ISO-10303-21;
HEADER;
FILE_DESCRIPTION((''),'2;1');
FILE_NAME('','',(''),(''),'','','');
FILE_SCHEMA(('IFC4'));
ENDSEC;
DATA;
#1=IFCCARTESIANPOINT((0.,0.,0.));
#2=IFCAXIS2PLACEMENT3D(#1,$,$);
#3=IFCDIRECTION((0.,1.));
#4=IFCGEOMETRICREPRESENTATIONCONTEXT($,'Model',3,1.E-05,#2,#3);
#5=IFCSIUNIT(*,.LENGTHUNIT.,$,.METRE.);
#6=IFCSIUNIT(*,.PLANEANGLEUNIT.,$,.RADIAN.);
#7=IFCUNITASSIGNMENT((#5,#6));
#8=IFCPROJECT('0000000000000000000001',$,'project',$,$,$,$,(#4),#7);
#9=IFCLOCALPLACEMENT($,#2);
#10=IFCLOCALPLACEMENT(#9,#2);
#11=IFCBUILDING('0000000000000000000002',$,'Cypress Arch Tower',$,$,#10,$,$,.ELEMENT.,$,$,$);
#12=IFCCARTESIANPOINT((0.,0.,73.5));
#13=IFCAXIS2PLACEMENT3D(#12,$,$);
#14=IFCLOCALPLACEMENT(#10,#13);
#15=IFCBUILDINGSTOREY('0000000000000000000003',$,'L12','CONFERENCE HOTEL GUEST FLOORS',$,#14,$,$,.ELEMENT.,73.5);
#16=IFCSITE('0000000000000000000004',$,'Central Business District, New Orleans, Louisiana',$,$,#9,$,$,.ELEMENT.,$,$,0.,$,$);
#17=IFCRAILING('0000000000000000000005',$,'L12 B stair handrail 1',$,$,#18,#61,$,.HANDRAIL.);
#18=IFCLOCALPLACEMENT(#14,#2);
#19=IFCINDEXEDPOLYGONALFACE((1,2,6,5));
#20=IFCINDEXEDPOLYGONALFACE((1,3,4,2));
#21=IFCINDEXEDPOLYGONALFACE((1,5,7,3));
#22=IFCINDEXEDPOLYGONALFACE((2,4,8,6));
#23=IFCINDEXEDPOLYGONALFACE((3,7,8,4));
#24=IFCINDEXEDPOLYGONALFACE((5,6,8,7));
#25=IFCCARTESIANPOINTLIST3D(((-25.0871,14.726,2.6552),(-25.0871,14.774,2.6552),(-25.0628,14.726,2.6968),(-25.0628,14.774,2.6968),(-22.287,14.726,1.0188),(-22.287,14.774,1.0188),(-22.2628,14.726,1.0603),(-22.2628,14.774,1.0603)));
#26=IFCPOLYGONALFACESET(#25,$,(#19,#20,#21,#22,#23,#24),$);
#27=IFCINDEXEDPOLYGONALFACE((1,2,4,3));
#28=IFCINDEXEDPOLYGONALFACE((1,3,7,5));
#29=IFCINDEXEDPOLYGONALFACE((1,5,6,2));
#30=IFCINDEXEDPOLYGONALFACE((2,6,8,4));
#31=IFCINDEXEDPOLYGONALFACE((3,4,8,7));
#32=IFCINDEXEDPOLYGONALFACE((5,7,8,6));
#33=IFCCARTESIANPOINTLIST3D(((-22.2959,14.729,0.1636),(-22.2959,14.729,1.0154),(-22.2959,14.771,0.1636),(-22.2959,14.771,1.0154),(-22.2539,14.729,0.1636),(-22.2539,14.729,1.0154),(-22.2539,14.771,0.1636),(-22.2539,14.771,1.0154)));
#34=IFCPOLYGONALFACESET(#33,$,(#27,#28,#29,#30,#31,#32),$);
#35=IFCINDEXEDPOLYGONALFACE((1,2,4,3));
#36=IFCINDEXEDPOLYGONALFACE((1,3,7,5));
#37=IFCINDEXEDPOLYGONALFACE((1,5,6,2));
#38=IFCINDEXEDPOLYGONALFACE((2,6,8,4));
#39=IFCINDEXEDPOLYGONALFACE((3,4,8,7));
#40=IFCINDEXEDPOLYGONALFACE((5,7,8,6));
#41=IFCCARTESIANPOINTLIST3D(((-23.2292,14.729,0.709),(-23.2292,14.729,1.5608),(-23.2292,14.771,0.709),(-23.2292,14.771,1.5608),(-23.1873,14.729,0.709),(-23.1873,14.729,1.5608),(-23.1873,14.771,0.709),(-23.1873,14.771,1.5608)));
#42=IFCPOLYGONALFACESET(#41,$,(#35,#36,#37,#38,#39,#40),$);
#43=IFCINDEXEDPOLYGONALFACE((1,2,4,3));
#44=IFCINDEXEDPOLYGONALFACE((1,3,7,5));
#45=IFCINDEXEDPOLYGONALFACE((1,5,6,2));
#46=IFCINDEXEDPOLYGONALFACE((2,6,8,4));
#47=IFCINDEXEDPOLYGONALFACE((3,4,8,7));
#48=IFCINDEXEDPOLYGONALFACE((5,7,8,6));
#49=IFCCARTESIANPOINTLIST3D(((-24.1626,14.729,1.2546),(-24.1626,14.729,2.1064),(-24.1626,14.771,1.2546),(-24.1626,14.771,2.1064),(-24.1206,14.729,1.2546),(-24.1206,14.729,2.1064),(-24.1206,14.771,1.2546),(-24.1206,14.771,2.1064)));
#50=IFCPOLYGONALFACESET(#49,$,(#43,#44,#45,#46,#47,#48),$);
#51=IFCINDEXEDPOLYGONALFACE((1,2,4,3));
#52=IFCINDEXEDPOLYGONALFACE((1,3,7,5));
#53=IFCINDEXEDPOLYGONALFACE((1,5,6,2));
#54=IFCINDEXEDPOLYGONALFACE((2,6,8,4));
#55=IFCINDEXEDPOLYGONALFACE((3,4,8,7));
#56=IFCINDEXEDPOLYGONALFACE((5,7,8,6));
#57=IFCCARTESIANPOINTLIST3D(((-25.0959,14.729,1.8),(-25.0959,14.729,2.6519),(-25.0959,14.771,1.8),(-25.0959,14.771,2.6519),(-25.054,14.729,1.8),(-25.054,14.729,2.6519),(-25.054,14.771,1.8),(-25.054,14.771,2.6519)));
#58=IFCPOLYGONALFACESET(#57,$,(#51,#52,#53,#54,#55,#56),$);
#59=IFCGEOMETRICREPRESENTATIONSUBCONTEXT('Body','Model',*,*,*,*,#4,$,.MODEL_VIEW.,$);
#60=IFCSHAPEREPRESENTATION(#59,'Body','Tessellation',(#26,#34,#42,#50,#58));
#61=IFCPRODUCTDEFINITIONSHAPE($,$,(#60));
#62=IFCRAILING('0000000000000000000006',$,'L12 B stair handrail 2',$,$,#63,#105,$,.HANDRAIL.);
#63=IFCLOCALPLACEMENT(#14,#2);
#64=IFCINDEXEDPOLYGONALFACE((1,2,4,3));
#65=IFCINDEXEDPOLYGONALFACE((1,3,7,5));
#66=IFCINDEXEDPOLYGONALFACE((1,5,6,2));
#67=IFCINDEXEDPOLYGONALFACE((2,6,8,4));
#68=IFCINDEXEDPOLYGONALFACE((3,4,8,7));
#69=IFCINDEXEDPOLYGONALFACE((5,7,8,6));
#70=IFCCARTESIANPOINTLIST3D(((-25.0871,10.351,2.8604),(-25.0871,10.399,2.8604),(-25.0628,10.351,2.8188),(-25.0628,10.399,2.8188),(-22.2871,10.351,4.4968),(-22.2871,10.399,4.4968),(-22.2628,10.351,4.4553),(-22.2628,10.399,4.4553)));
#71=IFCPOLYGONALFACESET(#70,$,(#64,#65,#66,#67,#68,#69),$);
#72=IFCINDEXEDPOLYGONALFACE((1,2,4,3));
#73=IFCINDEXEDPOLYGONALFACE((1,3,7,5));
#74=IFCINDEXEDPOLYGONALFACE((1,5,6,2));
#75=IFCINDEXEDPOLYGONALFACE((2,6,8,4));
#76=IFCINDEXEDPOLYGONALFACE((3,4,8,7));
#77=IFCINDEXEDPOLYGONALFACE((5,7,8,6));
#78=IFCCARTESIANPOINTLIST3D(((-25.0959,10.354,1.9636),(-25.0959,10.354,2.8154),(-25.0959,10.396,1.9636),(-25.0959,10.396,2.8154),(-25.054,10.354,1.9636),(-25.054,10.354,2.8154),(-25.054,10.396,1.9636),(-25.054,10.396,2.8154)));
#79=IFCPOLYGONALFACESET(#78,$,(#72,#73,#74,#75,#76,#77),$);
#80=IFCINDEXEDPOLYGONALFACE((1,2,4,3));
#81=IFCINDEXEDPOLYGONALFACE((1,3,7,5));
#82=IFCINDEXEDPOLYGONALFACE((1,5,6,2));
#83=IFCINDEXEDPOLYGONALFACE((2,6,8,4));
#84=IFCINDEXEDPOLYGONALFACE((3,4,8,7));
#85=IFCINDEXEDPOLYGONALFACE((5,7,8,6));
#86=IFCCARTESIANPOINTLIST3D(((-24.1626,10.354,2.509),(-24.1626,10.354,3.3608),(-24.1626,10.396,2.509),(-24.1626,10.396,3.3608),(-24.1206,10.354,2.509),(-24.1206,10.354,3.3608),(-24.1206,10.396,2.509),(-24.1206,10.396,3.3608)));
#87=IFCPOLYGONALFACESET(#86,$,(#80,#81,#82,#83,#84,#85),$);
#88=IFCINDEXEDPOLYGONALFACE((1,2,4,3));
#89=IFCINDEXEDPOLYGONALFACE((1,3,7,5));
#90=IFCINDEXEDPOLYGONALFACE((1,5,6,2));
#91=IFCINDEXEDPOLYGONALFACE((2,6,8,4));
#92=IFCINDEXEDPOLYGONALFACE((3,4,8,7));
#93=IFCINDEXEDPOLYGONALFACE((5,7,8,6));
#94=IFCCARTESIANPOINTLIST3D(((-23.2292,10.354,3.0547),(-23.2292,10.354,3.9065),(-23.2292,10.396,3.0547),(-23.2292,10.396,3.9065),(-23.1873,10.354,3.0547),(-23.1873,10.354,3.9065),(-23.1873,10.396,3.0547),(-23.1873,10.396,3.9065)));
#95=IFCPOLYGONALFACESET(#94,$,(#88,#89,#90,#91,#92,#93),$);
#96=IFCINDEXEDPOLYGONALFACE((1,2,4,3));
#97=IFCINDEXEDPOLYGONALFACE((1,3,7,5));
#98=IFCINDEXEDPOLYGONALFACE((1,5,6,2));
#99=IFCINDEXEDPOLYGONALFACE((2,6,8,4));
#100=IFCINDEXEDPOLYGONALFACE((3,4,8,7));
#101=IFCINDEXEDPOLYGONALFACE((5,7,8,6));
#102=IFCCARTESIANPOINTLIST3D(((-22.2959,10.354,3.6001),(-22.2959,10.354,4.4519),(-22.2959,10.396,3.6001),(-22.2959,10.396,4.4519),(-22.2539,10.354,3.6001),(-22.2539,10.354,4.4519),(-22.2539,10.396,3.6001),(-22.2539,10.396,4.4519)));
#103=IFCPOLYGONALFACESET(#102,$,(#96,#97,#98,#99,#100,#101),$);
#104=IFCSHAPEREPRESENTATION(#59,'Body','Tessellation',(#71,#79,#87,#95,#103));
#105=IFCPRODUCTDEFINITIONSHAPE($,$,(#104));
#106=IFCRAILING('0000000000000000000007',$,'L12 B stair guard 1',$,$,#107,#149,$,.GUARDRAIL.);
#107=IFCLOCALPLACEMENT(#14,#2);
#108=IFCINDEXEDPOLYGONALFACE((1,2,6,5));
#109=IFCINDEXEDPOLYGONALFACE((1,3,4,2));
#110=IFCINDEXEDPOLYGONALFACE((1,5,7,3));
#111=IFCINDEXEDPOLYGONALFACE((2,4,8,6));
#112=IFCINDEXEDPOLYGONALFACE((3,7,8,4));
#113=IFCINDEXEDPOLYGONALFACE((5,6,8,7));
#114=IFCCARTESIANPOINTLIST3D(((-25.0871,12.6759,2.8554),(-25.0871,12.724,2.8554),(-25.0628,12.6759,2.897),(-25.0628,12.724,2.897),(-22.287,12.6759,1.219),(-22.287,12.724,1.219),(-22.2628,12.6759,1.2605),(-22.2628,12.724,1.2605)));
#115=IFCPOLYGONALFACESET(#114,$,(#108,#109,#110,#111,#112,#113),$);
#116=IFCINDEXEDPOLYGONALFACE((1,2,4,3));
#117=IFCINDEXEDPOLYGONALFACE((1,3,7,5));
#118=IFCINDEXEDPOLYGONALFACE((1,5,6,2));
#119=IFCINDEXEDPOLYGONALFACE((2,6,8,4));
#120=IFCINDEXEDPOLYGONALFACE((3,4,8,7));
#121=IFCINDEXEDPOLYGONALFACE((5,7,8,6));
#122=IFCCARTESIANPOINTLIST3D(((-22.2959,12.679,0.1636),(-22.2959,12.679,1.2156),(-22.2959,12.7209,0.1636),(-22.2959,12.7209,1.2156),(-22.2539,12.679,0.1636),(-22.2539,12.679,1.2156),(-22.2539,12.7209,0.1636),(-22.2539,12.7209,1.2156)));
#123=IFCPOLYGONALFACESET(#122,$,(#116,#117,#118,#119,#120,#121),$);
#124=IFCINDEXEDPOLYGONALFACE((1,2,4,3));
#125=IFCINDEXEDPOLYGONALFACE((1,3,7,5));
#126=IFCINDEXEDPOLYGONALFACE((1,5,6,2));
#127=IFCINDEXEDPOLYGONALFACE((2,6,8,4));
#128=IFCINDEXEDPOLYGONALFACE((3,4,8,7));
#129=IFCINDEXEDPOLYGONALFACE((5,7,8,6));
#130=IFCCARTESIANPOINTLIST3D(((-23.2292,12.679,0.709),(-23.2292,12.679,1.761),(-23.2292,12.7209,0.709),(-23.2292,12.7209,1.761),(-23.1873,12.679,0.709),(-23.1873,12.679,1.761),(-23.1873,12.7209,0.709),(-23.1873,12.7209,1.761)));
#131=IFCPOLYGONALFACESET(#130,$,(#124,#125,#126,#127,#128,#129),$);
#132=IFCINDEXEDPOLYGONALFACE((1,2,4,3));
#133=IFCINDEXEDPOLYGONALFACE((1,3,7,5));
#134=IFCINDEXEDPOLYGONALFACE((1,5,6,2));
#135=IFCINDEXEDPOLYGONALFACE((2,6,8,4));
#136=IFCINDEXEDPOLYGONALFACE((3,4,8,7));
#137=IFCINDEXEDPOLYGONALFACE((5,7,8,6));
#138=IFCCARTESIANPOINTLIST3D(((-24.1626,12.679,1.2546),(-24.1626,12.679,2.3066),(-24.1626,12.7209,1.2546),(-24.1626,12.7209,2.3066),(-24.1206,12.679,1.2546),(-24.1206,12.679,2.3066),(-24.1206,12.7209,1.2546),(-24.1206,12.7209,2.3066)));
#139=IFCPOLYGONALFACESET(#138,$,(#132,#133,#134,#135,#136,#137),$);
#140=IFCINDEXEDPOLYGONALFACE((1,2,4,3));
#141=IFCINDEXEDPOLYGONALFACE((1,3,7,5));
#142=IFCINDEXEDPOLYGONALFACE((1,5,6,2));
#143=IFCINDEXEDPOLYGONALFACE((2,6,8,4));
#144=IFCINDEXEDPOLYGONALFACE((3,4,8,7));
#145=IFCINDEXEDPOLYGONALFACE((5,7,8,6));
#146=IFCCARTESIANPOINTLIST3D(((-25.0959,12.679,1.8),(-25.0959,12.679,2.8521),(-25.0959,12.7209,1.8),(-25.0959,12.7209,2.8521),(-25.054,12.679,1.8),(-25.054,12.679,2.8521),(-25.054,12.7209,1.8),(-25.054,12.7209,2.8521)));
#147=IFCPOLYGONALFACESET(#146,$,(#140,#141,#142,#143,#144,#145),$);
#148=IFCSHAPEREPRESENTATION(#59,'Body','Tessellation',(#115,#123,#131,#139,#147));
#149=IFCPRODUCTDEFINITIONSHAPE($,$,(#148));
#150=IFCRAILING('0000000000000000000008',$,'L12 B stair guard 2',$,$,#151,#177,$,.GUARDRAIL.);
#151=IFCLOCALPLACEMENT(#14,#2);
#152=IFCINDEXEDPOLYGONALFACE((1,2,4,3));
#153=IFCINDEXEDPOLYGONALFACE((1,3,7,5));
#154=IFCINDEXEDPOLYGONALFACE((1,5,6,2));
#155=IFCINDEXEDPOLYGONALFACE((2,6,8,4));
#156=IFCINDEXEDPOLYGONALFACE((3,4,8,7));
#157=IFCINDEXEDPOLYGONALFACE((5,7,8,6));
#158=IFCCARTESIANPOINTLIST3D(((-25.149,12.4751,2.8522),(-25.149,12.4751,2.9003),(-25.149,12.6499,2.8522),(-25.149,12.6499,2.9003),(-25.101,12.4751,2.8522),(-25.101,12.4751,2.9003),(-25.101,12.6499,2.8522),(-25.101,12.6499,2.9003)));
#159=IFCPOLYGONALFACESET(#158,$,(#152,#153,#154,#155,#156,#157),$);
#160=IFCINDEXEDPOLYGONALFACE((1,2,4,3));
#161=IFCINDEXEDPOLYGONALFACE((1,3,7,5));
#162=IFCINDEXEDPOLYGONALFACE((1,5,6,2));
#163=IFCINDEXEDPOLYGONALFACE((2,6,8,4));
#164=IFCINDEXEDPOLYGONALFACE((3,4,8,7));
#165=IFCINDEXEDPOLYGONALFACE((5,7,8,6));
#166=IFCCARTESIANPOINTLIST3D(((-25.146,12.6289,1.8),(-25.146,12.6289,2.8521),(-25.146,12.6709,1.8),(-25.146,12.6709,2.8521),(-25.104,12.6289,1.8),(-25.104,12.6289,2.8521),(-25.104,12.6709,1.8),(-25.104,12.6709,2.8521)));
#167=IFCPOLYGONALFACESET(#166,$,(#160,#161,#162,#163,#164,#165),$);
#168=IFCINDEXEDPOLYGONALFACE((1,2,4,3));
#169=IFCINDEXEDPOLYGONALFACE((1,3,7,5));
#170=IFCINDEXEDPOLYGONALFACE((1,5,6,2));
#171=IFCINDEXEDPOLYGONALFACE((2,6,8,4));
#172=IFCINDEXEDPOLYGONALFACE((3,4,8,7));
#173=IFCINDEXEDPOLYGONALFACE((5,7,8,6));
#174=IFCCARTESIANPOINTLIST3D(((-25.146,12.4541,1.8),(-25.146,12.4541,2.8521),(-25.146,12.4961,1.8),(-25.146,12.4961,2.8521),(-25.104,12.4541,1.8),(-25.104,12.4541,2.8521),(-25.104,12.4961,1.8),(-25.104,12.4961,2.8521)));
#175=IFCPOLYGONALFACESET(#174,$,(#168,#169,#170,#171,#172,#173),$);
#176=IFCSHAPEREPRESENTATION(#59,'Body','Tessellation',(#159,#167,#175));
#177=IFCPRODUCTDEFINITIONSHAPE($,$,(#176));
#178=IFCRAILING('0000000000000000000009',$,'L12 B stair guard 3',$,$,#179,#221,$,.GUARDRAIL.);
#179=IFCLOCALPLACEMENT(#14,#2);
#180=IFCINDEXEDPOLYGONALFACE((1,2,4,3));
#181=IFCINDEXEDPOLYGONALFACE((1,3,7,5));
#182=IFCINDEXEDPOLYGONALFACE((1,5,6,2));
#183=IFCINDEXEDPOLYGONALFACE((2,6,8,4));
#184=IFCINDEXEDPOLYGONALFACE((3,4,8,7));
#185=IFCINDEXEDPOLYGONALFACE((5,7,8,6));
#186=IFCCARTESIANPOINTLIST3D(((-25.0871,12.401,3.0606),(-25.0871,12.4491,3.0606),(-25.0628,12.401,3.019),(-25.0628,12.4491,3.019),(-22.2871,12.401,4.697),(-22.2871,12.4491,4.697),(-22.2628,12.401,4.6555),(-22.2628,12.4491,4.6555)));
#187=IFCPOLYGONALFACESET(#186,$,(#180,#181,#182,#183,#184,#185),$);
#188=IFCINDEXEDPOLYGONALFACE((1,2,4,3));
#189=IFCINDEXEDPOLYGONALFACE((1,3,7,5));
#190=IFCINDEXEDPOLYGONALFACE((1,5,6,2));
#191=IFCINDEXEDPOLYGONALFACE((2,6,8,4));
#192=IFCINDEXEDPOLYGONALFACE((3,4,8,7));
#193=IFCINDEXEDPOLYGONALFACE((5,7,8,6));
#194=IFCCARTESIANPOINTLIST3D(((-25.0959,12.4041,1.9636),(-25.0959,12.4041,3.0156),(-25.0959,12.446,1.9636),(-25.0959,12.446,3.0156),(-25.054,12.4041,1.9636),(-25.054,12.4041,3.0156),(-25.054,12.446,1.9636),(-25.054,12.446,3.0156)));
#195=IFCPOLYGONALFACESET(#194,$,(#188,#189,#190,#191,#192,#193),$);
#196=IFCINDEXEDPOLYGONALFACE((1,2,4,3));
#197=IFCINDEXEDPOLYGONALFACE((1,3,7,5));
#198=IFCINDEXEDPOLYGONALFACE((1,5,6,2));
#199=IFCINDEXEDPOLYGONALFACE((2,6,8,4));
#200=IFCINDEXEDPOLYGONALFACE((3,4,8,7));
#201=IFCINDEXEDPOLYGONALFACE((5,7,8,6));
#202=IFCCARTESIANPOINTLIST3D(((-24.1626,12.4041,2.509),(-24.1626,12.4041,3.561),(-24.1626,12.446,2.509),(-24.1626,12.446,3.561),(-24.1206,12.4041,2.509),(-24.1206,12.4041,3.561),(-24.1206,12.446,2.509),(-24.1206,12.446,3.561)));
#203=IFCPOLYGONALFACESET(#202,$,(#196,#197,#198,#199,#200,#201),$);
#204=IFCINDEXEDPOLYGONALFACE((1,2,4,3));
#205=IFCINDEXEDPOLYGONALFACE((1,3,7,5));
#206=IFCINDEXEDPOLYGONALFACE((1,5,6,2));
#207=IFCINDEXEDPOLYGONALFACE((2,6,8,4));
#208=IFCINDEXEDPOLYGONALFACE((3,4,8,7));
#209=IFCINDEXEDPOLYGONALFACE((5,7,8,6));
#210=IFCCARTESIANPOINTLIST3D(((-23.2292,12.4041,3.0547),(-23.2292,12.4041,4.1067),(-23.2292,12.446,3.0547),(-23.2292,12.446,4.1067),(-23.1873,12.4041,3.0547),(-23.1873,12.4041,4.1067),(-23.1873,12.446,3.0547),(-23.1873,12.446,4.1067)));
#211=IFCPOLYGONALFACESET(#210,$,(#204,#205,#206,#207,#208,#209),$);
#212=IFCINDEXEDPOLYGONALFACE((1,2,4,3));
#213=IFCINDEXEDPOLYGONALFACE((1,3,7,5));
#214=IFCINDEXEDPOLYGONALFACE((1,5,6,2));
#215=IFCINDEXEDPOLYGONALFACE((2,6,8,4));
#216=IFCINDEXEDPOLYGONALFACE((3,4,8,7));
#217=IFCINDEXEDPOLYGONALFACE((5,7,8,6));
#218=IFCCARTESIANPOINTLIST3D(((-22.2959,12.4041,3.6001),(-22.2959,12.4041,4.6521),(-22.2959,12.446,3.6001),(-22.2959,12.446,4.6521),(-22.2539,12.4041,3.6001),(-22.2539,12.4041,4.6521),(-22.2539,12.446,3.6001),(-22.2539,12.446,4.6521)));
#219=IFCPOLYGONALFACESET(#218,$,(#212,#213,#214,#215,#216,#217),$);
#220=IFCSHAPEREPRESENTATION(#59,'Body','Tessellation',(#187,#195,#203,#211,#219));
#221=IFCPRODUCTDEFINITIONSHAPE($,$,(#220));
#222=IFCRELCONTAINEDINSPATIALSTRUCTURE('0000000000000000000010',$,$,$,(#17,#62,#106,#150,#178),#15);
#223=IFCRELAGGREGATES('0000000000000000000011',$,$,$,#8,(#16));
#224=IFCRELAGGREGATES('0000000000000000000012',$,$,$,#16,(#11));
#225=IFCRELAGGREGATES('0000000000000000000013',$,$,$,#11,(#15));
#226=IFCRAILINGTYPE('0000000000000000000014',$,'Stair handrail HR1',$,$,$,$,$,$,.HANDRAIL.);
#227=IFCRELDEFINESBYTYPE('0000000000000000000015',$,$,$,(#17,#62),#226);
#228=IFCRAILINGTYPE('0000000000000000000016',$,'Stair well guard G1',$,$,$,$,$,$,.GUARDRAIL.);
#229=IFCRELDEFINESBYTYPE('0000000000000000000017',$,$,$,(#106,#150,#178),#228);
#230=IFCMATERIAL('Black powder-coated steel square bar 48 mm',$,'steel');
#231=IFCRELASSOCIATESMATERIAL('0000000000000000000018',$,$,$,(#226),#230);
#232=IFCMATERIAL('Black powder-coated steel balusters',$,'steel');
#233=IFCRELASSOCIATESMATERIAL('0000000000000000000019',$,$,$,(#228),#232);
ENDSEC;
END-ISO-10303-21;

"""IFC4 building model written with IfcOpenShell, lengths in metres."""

from ifc_helpers import new_model, si_unit, direction, frame, origin, origin_2d, place, context, subcontext, project, spatial, rectangle, extrude, material, type_object, element, save


model = new_model("IFC4")

# Units and contexts
model_context = context("Model", 3, precision=1e-05, world=origin(), true_north=direction((0.0, 1.0)))
body_context = subcontext(model_context, "Body", "Model", "MODEL_VIEW")
ifc_project = project(units=[si_unit("LENGTHUNIT", "METRE"), si_unit("PLANEANGLEUNIT", "RADIAN")], contexts=[model_context])

# Site, building, storey
site_placement = place(None, origin())
site = spatial("IfcSite", under=ifc_project, at=site_placement, Name="Central Business District, New Orleans, Louisiana", CompositionType="ELEMENT", RefElevation=0.0)
building_placement = place(site_placement, origin())
building = spatial("IfcBuilding", under=site, at=building_placement, Name="Cypress Arch Tower", CompositionType="ELEMENT")
storey_placement = place(building_placement, frame((0.0, 0.0, 73.5)))
storey = spatial("IfcBuildingStorey", under=building, at=storey_placement, Name="L12", Description="CONFERENCE HOTEL GUEST FLOORS", CompositionType="ELEMENT", Elevation=73.5)

# Railings
ifc_material_1 = material(Name="Black powder-coated steel square bar 48 mm", Category="steel")
railing_type_1 = type_object("IfcRailingType", Name="Stair handrail HR1", PredefinedType="HANDRAIL", material=ifc_material_1)
railing_1_placement = place(storey_placement, frame((-22.2749, 14.75, 0.1636)))
element("IfcRailing", 1, at=railing_1_placement, inside=storey, type_object=railing_type_1, Name="L12 B stair handrail 1", PredefinedType="HANDRAIL", context=body_context, shape_type="SweptSolid", body=[
    extrude(rectangle(XDim=0.0481, YDim=0.0481, at=origin_2d()), frame((0.0, 0.0, 0.876), z_axis=(-0.863361, 0.0, 0.504587), x_axis=(0.0, -1.0, 0.0)), (0.0, 0.0, 1.0), 3.2432),
    extrude(rectangle(XDim=0.042, YDim=0.042, at=origin_2d()), origin(), (0.0, 0.0, 1.0), 0.8518),
    extrude(rectangle(XDim=0.042, YDim=0.042, at=origin_2d()), frame((-0.9333, 0.0, 0.5454)), (0.0, 0.0, 1.0), 0.8518),
    extrude(rectangle(XDim=0.042, YDim=0.042, at=origin_2d()), frame((-1.8667, 0.0, 1.0911)), (0.0, 0.0, 1.0), 0.8518),
    extrude(rectangle(XDim=0.042, YDim=0.042, at=origin_2d()), frame((-2.8, 0.0, 1.6365)), (0.0, 0.0, 1.0), 0.8518),
])
railing_2_placement = place(storey_placement, frame((-25.075, 10.375, 1.9636)))
element("IfcRailing", 2, at=railing_2_placement, inside=storey, type_object=railing_type_1, Name="L12 B stair handrail 2", PredefinedType="HANDRAIL", context=body_context, shape_type="SweptSolid", body=[
    extrude(rectangle(XDim=0.0481, YDim=0.0481, at=origin_2d()), frame((0.0, 0.0, 0.876), z_axis=(0.863361, 0.0, 0.504587), x_axis=(0.0, 1.0, 0.0)), (0.0, 0.0, 1.0), 3.2432),
    extrude(rectangle(XDim=0.042, YDim=0.042, at=origin_2d()), origin(), (0.0, 0.0, 1.0), 0.8518),
    extrude(rectangle(XDim=0.042, YDim=0.042, at=origin_2d()), frame((0.9333, 0.0, 0.5454)), (0.0, 0.0, 1.0), 0.8518),
    extrude(rectangle(XDim=0.042, YDim=0.042, at=origin_2d()), frame((1.8667, 0.0, 1.0911)), (0.0, 0.0, 1.0), 0.8518),
    extrude(rectangle(XDim=0.042, YDim=0.042, at=origin_2d()), frame((2.8, 0.0, 1.6365)), (0.0, 0.0, 1.0), 0.8518),
])
ifc_material_2 = material(Name="Black powder-coated steel balusters", Category="steel")
railing_type_2 = type_object("IfcRailingType", Name="Stair well guard G1", PredefinedType="GUARDRAIL", material=ifc_material_2)
railing_3_placement = place(storey_placement, frame((-22.2749, 12.7, 0.1636)))
element("IfcRailing", 3, at=railing_3_placement, inside=storey, type_object=railing_type_2, Name="L12 B stair guard 1", PredefinedType="GUARDRAIL", context=body_context, shape_type="SweptSolid", body=[
    extrude(rectangle(XDim=0.0481, YDim=0.0481, at=origin_2d()), frame((0.0, 0.0, 1.0762), z_axis=(-0.863361, 0.0, 0.504587), x_axis=(0.0, -1.0, 0.0)), (0.0, 0.0, 1.0), 3.2432),
    extrude(rectangle(XDim=0.042, YDim=0.042, at=origin_2d()), origin(), (0.0, 0.0, 1.0), 1.052),
    extrude(rectangle(XDim=0.042, YDim=0.042, at=origin_2d()), frame((-0.9333, 0.0, 0.5454)), (0.0, 0.0, 1.0), 1.052),
    extrude(rectangle(XDim=0.042, YDim=0.042, at=origin_2d()), frame((-1.8667, 0.0, 1.0911)), (0.0, 0.0, 1.0), 1.052),
    extrude(rectangle(XDim=0.042, YDim=0.042, at=origin_2d()), frame((-2.8, 0.0, 1.6365)), (0.0, 0.0, 1.0), 1.052),
])
railing_4_placement = place(storey_placement, frame((-25.125, 12.6499, 1.8)))
element("IfcRailing", 4, at=railing_4_placement, inside=storey, type_object=railing_type_2, Name="L12 B stair guard 2", PredefinedType="GUARDRAIL", context=body_context, shape_type="SweptSolid", body=[
    extrude(rectangle(XDim=0.0481, YDim=0.0481, at=origin_2d()), frame((0.0, 0.0, 1.0762), z_axis=(0.0, -1.0, 0.0), x_axis=(1.0, 0.0, 0.0)), (0.0, 0.0, 1.0), 0.1748),
    extrude(rectangle(XDim=0.042, YDim=0.042, at=origin_2d()), origin(), (0.0, 0.0, 1.0), 1.052),
    extrude(rectangle(XDim=0.042, YDim=0.042, at=origin_2d()), frame((0.0, -0.1748, 0.0)), (0.0, 0.0, 1.0), 1.052),
])
railing_5_placement = place(storey_placement, frame((-25.075, 12.425, 1.9636)))
element("IfcRailing", 5, at=railing_5_placement, inside=storey, type_object=railing_type_2, Name="L12 B stair guard 3", PredefinedType="GUARDRAIL", context=body_context, shape_type="SweptSolid", body=[
    extrude(rectangle(XDim=0.0481, YDim=0.0481, at=origin_2d()), frame((0.0, 0.0, 1.0762), z_axis=(0.863361, 0.0, 0.504587), x_axis=(0.0, 1.0, 0.0)), (0.0, 0.0, 1.0), 3.2432),
    extrude(rectangle(XDim=0.042, YDim=0.042, at=origin_2d()), origin(), (0.0, 0.0, 1.0), 1.052),
    extrude(rectangle(XDim=0.042, YDim=0.042, at=origin_2d()), frame((0.9333, 0.0, 0.5454)), (0.0, 0.0, 1.0), 1.052),
    extrude(rectangle(XDim=0.042, YDim=0.042, at=origin_2d()), frame((1.8667, 0.0, 1.0911)), (0.0, 0.0, 1.0), 1.052),
    extrude(rectangle(XDim=0.042, YDim=0.042, at=origin_2d()), frame((2.8, 0.0, 1.6365)), (0.0, 0.0, 1.0), 1.052),
])

save(model, "model.ifc")
